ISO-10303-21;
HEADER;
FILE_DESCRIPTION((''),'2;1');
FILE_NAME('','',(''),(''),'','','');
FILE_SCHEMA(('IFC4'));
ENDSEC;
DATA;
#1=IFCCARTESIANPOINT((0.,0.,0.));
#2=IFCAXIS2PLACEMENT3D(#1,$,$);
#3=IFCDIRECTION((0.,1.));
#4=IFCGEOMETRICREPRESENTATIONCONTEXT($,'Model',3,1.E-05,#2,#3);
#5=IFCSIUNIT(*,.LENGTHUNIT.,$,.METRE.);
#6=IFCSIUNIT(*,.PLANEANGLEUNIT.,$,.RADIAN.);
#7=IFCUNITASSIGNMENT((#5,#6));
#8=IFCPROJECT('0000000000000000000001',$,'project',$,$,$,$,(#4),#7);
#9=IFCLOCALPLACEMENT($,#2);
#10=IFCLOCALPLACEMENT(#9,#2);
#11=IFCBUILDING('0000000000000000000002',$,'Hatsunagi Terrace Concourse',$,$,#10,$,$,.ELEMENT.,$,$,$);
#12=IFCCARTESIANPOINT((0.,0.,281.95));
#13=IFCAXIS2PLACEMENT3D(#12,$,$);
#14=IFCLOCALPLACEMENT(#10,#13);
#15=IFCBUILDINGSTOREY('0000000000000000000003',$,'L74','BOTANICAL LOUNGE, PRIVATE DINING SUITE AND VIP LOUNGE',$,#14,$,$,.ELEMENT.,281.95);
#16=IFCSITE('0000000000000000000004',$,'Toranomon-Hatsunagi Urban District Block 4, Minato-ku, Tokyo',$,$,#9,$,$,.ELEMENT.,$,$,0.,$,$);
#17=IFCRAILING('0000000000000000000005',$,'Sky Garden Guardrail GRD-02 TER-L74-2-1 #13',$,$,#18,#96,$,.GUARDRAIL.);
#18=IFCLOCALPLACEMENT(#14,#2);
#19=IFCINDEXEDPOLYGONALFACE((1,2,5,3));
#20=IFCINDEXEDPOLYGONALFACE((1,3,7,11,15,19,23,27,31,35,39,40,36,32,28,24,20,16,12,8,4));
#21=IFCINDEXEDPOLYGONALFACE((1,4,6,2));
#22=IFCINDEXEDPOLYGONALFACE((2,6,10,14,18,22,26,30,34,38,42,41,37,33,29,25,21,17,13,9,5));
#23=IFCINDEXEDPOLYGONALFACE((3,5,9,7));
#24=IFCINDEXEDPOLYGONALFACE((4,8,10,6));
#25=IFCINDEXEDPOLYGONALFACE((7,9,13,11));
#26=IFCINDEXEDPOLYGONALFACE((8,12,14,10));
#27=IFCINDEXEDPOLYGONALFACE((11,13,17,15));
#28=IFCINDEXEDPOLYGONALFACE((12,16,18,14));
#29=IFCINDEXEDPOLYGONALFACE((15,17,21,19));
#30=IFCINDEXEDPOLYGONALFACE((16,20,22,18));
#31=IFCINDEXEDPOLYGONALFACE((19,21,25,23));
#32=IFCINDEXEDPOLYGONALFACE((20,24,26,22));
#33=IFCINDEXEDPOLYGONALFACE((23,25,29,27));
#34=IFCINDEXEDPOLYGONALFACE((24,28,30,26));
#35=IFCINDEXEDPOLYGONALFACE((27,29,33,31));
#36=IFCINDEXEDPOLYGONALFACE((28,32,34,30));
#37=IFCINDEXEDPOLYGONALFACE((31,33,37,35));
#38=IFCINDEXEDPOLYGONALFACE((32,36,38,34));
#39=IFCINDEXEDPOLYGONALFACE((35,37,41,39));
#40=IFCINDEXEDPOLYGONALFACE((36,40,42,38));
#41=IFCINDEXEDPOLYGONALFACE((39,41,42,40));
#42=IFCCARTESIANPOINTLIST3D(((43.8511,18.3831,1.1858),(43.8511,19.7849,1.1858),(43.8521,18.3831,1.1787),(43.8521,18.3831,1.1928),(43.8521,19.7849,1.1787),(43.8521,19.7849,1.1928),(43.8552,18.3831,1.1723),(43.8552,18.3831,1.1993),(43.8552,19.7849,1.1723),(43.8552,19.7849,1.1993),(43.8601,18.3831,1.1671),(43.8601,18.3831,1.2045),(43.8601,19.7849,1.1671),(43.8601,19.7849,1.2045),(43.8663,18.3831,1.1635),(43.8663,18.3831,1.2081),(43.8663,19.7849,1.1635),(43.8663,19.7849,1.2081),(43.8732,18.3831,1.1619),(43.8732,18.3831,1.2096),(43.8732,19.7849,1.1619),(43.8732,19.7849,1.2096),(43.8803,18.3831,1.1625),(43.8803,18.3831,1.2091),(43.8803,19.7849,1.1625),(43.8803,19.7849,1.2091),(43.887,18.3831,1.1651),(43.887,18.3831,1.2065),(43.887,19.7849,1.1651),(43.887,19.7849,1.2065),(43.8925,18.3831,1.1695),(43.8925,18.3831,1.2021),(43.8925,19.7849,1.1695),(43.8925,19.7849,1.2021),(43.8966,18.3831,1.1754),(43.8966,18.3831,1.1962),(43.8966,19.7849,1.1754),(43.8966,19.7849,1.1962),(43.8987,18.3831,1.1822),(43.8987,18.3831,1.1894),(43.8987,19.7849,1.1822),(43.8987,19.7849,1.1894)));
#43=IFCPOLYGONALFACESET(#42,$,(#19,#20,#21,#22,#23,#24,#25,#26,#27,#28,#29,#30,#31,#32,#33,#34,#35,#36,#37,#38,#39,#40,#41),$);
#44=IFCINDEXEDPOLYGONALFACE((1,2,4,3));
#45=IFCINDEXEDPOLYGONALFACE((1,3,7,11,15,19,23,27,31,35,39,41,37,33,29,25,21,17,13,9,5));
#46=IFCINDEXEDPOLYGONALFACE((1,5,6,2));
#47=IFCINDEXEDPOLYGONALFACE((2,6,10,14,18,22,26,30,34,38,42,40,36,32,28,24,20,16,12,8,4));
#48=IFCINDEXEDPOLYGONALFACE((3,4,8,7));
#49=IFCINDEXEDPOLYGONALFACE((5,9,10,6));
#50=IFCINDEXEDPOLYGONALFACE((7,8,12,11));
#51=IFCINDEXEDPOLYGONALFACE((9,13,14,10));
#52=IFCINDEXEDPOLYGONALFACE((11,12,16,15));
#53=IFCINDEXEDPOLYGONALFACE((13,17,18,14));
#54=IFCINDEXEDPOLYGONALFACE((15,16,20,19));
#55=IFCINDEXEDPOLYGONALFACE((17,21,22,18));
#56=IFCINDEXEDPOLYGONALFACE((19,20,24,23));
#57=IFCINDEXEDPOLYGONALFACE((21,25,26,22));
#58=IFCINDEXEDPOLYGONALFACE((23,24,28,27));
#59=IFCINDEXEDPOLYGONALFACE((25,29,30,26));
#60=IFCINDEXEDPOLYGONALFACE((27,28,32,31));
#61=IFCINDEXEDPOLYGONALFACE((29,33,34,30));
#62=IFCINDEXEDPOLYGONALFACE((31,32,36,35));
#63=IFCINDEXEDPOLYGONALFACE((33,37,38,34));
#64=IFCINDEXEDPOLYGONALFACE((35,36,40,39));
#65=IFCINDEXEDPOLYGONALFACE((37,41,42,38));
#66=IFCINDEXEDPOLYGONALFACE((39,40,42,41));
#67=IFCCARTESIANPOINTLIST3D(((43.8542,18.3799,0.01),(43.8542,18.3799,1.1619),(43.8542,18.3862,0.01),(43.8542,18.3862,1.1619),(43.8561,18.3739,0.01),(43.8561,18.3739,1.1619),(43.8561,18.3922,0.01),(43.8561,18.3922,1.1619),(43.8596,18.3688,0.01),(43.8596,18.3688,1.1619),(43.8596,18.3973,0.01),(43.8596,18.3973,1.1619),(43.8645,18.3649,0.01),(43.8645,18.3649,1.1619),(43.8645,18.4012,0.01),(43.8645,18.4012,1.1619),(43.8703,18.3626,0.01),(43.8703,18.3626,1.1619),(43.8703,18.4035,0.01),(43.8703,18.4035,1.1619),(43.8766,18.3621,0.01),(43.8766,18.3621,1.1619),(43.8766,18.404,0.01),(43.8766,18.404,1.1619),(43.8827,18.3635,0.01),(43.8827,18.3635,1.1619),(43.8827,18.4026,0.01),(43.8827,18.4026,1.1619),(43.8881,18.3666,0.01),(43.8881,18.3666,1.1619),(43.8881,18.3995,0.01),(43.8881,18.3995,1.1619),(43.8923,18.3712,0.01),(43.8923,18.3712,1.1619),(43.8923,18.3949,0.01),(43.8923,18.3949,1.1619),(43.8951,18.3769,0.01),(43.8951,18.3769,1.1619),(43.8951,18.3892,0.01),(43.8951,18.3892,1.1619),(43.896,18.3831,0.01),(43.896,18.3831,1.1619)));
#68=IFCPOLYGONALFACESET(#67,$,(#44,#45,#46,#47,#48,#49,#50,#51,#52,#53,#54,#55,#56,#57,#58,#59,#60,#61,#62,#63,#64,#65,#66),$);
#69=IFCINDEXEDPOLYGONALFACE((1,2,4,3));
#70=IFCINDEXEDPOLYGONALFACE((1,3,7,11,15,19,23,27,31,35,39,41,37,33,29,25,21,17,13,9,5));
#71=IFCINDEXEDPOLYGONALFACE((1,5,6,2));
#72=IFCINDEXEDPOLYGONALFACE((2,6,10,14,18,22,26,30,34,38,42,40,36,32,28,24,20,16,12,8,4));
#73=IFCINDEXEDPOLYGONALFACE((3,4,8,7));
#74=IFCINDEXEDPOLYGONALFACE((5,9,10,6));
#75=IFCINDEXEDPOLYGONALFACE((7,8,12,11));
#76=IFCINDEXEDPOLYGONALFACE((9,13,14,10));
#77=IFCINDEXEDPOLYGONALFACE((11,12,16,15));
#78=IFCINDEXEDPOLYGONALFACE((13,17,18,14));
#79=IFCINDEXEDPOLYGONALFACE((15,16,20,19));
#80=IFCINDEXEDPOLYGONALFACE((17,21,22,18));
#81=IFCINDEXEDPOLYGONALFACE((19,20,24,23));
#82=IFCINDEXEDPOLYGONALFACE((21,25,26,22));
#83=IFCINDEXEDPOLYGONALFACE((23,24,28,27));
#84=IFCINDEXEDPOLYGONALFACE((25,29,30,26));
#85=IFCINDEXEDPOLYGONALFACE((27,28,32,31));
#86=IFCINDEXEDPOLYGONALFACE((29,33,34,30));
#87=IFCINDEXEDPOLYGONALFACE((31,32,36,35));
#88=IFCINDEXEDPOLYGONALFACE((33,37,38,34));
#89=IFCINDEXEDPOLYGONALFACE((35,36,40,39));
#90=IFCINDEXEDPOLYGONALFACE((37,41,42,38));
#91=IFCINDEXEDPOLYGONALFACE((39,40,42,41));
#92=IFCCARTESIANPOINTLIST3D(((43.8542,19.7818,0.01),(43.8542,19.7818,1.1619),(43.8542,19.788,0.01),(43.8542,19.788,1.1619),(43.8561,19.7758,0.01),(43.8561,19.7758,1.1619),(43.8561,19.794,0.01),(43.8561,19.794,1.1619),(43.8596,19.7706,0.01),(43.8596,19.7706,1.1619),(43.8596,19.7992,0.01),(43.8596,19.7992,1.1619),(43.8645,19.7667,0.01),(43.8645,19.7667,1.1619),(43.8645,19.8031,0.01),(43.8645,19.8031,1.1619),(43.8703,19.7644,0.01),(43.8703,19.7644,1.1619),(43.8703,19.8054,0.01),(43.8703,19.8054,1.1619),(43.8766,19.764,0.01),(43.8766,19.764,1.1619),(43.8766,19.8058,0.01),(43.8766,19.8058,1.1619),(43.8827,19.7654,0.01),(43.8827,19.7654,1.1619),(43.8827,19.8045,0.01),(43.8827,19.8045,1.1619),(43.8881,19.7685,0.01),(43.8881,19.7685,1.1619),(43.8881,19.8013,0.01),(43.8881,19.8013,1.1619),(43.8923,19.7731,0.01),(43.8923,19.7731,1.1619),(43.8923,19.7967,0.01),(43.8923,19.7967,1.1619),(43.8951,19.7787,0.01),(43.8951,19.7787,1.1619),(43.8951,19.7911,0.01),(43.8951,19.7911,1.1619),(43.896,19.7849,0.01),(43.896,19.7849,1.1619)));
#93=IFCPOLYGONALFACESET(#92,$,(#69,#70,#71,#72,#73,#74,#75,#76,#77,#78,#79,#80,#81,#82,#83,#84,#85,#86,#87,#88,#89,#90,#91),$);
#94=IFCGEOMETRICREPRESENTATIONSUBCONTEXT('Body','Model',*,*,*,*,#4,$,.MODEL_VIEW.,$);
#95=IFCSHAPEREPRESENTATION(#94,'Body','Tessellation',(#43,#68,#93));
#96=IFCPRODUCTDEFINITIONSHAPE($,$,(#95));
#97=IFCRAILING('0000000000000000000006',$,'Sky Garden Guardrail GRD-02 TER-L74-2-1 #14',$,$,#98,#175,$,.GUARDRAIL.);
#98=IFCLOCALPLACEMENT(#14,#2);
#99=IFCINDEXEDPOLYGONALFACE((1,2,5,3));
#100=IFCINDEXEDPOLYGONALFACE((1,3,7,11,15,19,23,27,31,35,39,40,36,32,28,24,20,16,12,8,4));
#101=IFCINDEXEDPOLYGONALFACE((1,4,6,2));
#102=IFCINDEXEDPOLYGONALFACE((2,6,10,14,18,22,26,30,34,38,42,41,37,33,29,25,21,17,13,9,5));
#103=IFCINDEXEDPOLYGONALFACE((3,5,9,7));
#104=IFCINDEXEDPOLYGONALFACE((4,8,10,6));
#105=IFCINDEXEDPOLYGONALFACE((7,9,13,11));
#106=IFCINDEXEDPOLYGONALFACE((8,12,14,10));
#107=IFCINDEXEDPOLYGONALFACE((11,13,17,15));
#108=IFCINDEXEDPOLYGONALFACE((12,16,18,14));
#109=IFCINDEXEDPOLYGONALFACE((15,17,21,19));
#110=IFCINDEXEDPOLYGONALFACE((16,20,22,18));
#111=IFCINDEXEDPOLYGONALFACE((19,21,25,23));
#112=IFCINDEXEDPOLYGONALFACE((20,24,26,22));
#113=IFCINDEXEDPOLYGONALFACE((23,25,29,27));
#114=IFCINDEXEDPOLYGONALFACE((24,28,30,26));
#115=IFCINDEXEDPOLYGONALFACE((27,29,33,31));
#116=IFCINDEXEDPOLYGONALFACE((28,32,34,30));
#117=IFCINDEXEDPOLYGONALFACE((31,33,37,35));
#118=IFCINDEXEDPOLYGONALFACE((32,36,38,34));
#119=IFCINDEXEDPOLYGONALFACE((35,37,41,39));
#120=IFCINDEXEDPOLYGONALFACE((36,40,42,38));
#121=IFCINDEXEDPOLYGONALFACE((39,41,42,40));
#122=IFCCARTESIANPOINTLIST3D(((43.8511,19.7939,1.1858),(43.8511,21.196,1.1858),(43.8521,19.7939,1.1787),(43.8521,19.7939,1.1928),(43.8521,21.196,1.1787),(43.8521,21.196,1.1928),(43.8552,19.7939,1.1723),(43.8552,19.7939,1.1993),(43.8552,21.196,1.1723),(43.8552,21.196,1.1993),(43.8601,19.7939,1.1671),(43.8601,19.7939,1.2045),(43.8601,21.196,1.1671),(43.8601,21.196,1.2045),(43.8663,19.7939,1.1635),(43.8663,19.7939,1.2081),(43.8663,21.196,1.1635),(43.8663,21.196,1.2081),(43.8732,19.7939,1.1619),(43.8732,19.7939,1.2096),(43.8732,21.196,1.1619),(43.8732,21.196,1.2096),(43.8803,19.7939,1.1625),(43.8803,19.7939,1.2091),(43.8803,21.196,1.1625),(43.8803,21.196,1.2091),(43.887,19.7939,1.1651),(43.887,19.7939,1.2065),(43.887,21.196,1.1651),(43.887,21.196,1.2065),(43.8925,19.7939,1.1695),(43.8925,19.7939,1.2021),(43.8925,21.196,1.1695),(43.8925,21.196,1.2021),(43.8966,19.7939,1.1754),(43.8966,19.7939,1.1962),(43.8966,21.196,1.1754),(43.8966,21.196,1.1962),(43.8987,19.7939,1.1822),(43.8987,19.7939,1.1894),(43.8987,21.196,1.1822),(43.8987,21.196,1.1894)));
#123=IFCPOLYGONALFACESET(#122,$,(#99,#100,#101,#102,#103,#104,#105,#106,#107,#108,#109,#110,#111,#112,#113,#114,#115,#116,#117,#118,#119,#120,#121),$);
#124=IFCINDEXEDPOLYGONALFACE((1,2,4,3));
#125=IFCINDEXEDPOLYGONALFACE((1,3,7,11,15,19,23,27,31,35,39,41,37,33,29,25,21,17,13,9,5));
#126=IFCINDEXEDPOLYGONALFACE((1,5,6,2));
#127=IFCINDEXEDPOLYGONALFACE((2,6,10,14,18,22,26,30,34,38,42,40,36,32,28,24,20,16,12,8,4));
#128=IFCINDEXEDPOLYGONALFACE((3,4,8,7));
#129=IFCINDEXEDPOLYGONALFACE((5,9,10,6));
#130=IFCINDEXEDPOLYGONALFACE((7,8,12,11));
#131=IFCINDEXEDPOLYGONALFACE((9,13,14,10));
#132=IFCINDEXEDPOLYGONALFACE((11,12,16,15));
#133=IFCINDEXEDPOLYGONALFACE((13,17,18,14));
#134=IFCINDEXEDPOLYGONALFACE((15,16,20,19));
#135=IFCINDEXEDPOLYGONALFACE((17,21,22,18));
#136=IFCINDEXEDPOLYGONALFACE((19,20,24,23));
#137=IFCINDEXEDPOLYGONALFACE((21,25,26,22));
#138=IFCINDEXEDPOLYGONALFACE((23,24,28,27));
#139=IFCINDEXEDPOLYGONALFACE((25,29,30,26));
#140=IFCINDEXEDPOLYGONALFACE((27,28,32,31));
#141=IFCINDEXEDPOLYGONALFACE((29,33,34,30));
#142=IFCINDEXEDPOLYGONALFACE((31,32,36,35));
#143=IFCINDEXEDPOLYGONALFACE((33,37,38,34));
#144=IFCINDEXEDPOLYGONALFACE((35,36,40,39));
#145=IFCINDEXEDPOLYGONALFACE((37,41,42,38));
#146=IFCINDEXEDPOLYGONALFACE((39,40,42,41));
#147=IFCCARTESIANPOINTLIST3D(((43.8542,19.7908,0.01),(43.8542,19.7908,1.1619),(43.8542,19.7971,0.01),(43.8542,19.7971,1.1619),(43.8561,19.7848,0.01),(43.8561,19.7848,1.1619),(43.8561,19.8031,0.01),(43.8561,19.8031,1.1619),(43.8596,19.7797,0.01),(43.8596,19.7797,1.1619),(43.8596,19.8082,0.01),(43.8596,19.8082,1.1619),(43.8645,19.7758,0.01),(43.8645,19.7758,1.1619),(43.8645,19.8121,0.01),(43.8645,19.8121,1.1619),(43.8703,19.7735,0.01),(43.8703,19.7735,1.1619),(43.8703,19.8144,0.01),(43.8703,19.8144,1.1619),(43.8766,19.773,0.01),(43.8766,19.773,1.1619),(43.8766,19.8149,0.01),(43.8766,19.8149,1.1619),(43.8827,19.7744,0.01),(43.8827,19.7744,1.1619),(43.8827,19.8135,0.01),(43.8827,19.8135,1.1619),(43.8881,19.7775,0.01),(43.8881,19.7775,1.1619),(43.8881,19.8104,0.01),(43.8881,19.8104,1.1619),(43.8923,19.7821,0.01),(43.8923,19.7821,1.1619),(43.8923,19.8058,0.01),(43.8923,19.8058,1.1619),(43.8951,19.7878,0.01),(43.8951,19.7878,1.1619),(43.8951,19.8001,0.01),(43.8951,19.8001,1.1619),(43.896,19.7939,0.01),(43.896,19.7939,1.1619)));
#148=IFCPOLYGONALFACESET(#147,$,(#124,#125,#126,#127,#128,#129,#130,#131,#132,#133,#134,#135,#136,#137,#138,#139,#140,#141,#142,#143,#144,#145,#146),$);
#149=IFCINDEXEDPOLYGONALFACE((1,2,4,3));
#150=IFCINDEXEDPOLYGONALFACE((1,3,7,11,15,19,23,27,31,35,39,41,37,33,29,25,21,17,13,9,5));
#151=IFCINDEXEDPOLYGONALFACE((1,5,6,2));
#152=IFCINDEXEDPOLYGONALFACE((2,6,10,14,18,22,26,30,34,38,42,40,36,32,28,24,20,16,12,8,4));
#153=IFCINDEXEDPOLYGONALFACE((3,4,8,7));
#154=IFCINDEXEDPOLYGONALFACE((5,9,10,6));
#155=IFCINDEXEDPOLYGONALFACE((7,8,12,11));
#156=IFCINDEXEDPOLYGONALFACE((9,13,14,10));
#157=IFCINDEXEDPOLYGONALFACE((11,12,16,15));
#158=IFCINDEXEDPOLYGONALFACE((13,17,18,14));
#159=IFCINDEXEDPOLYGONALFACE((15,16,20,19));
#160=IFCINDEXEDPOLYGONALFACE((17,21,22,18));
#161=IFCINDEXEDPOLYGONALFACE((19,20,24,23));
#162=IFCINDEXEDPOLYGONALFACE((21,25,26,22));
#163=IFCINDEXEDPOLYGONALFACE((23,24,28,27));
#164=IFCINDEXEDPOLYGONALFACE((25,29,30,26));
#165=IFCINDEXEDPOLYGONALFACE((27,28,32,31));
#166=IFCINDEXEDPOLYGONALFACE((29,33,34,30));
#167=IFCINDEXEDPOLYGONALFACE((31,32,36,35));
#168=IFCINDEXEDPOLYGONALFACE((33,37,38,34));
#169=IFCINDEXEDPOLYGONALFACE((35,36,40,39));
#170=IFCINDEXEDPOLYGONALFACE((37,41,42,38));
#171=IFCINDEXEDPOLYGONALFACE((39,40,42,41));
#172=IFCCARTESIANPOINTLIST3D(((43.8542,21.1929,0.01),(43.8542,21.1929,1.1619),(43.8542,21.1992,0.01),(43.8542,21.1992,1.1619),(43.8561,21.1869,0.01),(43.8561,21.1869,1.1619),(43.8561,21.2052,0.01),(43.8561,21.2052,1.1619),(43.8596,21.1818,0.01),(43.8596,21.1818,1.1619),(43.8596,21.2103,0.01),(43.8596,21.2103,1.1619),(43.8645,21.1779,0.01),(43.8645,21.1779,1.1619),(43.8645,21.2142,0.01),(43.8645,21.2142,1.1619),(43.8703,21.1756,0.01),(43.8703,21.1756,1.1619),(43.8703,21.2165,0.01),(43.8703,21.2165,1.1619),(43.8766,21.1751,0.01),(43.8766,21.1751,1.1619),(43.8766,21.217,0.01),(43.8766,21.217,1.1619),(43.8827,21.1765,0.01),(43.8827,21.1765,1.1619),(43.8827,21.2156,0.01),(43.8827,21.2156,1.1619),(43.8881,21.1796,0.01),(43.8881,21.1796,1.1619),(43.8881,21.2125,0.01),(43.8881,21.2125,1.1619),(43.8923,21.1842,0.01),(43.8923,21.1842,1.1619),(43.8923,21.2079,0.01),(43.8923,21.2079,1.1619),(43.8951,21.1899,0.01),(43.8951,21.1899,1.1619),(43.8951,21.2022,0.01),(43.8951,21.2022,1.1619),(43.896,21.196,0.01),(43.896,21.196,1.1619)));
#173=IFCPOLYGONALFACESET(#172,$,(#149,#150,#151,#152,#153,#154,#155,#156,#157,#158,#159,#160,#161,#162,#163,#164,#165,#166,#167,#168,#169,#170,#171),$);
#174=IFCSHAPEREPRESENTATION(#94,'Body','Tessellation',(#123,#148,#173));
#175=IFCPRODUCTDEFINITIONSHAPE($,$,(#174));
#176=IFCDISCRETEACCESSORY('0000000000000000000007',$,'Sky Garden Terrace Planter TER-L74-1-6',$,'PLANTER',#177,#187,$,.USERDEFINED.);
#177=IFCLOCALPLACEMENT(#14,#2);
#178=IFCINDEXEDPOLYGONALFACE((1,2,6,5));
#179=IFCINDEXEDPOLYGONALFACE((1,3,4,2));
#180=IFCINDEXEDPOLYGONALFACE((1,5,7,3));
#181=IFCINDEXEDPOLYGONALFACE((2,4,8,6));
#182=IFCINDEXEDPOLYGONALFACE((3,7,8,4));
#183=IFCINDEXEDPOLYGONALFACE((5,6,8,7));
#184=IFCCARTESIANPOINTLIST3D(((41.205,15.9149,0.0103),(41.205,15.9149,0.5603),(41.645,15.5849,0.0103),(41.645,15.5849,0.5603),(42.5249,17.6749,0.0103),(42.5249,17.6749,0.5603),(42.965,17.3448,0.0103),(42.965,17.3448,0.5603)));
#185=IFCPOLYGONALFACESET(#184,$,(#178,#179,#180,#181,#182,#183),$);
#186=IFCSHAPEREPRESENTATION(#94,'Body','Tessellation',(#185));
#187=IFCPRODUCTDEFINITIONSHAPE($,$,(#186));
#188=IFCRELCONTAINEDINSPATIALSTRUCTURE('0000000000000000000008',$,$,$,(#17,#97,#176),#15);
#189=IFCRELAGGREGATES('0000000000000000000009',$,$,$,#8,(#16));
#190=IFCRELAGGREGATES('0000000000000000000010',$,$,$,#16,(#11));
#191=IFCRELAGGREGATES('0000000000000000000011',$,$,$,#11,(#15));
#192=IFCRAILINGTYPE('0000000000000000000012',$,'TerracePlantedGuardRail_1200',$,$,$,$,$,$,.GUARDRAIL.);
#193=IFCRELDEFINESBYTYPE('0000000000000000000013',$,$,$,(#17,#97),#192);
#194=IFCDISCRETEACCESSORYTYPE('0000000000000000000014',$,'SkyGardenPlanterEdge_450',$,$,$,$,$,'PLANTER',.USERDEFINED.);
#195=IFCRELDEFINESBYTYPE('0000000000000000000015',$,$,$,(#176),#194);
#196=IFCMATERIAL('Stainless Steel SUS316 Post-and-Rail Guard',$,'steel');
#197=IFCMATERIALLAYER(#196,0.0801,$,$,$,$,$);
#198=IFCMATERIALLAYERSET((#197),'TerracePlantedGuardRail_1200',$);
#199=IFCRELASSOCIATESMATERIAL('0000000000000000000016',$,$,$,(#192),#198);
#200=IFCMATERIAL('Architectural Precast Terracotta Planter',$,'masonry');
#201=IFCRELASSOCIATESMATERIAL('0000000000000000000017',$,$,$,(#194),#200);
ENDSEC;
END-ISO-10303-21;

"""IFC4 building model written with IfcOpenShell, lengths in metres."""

from ifc_helpers import new_model, si_unit, direction, frame, origin, origin_2d, place, context, subcontext, project, spatial, rectangle, circle, extrude, material, layer, layer_set, type_object, element, save


model = new_model("IFC4")

# Units and contexts
model_context = context("Model", 3, precision=1e-05, world=origin(), true_north=direction((0.0, 1.0)))
body_context = subcontext(model_context, "Body", "Model", "MODEL_VIEW")
ifc_project = project(units=[si_unit("LENGTHUNIT", "METRE"), si_unit("PLANEANGLEUNIT", "RADIAN")], contexts=[model_context])

# Site, building, storey
site_placement = place(None, origin())
site = spatial("IfcSite", under=ifc_project, at=site_placement, Name="Toranomon-Hatsunagi Urban District Block 4, Minato-ku, Tokyo", CompositionType="ELEMENT", RefElevation=0.0)
building_placement = place(site_placement, origin())
building = spatial("IfcBuilding", under=site, at=building_placement, Name="Hatsunagi Terrace Concourse", CompositionType="ELEMENT")
storey_placement = place(building_placement, frame((0.0, 0.0, 281.95)))
storey = spatial("IfcBuildingStorey", under=building, at=storey_placement, Name="L74", Description="BOTANICAL LOUNGE, PRIVATE DINING SUITE AND VIP LOUNGE", CompositionType="ELEMENT", Elevation=281.95)

# Railings
ifc_material_1 = material(Name="Stainless Steel SUS316 Post-and-Rail Guard", Category="steel")
ifc_layer_1 = layer(ifc_material_1, 0.0801)
ifc_layer_set_1 = layer_set([ifc_layer_1], Name="TerracePlantedGuardRail_1200")
railing_type = type_object("IfcRailingType", Name="TerracePlantedGuardRail_1200", PredefinedType="GUARDRAIL", material=ifc_layer_set_1)
railing_1_placement = place(storey_placement, frame((43.875, 18.3831, 0.01)))
element("IfcRailing", 1, at=railing_1_placement, inside=storey, type_object=railing_type, Name="Sky Garden Guardrail GRD-02 TER-L74-2-1 #13", PredefinedType="GUARDRAIL", context=body_context, shape_type="SweptSolid", body=[
    extrude(circle(Radius=0.0239, at=origin_2d()), frame((0.0, 0.0, 1.1758), z_axis=(0.0, 1.0, 0.0), x_axis=(-1.0, 0.0, 0.0)), (0.0, 0.0, 1.0), 1.4019),
    extrude(circle(Radius=0.021, at=origin_2d()), origin(), (0.0, 0.0, 1.0), 1.1519),
    extrude(circle(Radius=0.021, at=origin_2d()), frame((0.0, 1.4019, 0.0)), (0.0, 0.0, 1.0), 1.1519),
])
railing_2_placement = place(storey_placement, frame((43.875, 19.7939, 0.01)))
element("IfcRailing", 2, at=railing_2_placement, inside=storey, type_object=railing_type, Name="Sky Garden Guardrail GRD-02 TER-L74-2-1 #14", PredefinedType="GUARDRAIL", context=body_context, shape_type="SweptSolid", body=[
    extrude(circle(Radius=0.0239, at=origin_2d()), frame((0.0, 0.0, 1.1758), z_axis=(0.0, 1.0, 0.0), x_axis=(-1.0, 0.0, 0.0)), (0.0, 0.0, 1.0), 1.4021),
    extrude(circle(Radius=0.021, at=origin_2d()), origin(), (0.0, 0.0, 1.0), 1.1519),
    extrude(circle(Radius=0.021, at=origin_2d()), frame((0.0, 1.4021, 0.0)), (0.0, 0.0, 1.0), 1.1519),
])

# Discrete accessory
ifc_material_2 = material(Name="Architectural Precast Terracotta Planter", Category="masonry")
discrete_accessory_type = type_object("IfcDiscreteAccessoryType", Name="SkyGardenPlanterEdge_450", ElementType="PLANTER", PredefinedType="USERDEFINED", material=ifc_material_2)
discrete_accessory_placement = place(storey_placement, frame((42.085, 16.6299, 0.0103), z_axis=(0.0, 0.0, 1.0), x_axis=(-0.600001, -0.799999, 0.0)))
element("IfcDiscreteAccessory", 3, at=discrete_accessory_placement, inside=storey, type_object=discrete_accessory_type, Name="Sky Garden Terrace Planter TER-L74-1-6", ObjectType="PLANTER", PredefinedType="USERDEFINED", context=body_context, shape_type="SweptSolid", body=[
    extrude(rectangle(XDim=2.2, YDim=0.55, at=origin_2d()), origin(), (0.0, 0.0, 1.0), 0.55),
])

save(model, "model.ifc")
